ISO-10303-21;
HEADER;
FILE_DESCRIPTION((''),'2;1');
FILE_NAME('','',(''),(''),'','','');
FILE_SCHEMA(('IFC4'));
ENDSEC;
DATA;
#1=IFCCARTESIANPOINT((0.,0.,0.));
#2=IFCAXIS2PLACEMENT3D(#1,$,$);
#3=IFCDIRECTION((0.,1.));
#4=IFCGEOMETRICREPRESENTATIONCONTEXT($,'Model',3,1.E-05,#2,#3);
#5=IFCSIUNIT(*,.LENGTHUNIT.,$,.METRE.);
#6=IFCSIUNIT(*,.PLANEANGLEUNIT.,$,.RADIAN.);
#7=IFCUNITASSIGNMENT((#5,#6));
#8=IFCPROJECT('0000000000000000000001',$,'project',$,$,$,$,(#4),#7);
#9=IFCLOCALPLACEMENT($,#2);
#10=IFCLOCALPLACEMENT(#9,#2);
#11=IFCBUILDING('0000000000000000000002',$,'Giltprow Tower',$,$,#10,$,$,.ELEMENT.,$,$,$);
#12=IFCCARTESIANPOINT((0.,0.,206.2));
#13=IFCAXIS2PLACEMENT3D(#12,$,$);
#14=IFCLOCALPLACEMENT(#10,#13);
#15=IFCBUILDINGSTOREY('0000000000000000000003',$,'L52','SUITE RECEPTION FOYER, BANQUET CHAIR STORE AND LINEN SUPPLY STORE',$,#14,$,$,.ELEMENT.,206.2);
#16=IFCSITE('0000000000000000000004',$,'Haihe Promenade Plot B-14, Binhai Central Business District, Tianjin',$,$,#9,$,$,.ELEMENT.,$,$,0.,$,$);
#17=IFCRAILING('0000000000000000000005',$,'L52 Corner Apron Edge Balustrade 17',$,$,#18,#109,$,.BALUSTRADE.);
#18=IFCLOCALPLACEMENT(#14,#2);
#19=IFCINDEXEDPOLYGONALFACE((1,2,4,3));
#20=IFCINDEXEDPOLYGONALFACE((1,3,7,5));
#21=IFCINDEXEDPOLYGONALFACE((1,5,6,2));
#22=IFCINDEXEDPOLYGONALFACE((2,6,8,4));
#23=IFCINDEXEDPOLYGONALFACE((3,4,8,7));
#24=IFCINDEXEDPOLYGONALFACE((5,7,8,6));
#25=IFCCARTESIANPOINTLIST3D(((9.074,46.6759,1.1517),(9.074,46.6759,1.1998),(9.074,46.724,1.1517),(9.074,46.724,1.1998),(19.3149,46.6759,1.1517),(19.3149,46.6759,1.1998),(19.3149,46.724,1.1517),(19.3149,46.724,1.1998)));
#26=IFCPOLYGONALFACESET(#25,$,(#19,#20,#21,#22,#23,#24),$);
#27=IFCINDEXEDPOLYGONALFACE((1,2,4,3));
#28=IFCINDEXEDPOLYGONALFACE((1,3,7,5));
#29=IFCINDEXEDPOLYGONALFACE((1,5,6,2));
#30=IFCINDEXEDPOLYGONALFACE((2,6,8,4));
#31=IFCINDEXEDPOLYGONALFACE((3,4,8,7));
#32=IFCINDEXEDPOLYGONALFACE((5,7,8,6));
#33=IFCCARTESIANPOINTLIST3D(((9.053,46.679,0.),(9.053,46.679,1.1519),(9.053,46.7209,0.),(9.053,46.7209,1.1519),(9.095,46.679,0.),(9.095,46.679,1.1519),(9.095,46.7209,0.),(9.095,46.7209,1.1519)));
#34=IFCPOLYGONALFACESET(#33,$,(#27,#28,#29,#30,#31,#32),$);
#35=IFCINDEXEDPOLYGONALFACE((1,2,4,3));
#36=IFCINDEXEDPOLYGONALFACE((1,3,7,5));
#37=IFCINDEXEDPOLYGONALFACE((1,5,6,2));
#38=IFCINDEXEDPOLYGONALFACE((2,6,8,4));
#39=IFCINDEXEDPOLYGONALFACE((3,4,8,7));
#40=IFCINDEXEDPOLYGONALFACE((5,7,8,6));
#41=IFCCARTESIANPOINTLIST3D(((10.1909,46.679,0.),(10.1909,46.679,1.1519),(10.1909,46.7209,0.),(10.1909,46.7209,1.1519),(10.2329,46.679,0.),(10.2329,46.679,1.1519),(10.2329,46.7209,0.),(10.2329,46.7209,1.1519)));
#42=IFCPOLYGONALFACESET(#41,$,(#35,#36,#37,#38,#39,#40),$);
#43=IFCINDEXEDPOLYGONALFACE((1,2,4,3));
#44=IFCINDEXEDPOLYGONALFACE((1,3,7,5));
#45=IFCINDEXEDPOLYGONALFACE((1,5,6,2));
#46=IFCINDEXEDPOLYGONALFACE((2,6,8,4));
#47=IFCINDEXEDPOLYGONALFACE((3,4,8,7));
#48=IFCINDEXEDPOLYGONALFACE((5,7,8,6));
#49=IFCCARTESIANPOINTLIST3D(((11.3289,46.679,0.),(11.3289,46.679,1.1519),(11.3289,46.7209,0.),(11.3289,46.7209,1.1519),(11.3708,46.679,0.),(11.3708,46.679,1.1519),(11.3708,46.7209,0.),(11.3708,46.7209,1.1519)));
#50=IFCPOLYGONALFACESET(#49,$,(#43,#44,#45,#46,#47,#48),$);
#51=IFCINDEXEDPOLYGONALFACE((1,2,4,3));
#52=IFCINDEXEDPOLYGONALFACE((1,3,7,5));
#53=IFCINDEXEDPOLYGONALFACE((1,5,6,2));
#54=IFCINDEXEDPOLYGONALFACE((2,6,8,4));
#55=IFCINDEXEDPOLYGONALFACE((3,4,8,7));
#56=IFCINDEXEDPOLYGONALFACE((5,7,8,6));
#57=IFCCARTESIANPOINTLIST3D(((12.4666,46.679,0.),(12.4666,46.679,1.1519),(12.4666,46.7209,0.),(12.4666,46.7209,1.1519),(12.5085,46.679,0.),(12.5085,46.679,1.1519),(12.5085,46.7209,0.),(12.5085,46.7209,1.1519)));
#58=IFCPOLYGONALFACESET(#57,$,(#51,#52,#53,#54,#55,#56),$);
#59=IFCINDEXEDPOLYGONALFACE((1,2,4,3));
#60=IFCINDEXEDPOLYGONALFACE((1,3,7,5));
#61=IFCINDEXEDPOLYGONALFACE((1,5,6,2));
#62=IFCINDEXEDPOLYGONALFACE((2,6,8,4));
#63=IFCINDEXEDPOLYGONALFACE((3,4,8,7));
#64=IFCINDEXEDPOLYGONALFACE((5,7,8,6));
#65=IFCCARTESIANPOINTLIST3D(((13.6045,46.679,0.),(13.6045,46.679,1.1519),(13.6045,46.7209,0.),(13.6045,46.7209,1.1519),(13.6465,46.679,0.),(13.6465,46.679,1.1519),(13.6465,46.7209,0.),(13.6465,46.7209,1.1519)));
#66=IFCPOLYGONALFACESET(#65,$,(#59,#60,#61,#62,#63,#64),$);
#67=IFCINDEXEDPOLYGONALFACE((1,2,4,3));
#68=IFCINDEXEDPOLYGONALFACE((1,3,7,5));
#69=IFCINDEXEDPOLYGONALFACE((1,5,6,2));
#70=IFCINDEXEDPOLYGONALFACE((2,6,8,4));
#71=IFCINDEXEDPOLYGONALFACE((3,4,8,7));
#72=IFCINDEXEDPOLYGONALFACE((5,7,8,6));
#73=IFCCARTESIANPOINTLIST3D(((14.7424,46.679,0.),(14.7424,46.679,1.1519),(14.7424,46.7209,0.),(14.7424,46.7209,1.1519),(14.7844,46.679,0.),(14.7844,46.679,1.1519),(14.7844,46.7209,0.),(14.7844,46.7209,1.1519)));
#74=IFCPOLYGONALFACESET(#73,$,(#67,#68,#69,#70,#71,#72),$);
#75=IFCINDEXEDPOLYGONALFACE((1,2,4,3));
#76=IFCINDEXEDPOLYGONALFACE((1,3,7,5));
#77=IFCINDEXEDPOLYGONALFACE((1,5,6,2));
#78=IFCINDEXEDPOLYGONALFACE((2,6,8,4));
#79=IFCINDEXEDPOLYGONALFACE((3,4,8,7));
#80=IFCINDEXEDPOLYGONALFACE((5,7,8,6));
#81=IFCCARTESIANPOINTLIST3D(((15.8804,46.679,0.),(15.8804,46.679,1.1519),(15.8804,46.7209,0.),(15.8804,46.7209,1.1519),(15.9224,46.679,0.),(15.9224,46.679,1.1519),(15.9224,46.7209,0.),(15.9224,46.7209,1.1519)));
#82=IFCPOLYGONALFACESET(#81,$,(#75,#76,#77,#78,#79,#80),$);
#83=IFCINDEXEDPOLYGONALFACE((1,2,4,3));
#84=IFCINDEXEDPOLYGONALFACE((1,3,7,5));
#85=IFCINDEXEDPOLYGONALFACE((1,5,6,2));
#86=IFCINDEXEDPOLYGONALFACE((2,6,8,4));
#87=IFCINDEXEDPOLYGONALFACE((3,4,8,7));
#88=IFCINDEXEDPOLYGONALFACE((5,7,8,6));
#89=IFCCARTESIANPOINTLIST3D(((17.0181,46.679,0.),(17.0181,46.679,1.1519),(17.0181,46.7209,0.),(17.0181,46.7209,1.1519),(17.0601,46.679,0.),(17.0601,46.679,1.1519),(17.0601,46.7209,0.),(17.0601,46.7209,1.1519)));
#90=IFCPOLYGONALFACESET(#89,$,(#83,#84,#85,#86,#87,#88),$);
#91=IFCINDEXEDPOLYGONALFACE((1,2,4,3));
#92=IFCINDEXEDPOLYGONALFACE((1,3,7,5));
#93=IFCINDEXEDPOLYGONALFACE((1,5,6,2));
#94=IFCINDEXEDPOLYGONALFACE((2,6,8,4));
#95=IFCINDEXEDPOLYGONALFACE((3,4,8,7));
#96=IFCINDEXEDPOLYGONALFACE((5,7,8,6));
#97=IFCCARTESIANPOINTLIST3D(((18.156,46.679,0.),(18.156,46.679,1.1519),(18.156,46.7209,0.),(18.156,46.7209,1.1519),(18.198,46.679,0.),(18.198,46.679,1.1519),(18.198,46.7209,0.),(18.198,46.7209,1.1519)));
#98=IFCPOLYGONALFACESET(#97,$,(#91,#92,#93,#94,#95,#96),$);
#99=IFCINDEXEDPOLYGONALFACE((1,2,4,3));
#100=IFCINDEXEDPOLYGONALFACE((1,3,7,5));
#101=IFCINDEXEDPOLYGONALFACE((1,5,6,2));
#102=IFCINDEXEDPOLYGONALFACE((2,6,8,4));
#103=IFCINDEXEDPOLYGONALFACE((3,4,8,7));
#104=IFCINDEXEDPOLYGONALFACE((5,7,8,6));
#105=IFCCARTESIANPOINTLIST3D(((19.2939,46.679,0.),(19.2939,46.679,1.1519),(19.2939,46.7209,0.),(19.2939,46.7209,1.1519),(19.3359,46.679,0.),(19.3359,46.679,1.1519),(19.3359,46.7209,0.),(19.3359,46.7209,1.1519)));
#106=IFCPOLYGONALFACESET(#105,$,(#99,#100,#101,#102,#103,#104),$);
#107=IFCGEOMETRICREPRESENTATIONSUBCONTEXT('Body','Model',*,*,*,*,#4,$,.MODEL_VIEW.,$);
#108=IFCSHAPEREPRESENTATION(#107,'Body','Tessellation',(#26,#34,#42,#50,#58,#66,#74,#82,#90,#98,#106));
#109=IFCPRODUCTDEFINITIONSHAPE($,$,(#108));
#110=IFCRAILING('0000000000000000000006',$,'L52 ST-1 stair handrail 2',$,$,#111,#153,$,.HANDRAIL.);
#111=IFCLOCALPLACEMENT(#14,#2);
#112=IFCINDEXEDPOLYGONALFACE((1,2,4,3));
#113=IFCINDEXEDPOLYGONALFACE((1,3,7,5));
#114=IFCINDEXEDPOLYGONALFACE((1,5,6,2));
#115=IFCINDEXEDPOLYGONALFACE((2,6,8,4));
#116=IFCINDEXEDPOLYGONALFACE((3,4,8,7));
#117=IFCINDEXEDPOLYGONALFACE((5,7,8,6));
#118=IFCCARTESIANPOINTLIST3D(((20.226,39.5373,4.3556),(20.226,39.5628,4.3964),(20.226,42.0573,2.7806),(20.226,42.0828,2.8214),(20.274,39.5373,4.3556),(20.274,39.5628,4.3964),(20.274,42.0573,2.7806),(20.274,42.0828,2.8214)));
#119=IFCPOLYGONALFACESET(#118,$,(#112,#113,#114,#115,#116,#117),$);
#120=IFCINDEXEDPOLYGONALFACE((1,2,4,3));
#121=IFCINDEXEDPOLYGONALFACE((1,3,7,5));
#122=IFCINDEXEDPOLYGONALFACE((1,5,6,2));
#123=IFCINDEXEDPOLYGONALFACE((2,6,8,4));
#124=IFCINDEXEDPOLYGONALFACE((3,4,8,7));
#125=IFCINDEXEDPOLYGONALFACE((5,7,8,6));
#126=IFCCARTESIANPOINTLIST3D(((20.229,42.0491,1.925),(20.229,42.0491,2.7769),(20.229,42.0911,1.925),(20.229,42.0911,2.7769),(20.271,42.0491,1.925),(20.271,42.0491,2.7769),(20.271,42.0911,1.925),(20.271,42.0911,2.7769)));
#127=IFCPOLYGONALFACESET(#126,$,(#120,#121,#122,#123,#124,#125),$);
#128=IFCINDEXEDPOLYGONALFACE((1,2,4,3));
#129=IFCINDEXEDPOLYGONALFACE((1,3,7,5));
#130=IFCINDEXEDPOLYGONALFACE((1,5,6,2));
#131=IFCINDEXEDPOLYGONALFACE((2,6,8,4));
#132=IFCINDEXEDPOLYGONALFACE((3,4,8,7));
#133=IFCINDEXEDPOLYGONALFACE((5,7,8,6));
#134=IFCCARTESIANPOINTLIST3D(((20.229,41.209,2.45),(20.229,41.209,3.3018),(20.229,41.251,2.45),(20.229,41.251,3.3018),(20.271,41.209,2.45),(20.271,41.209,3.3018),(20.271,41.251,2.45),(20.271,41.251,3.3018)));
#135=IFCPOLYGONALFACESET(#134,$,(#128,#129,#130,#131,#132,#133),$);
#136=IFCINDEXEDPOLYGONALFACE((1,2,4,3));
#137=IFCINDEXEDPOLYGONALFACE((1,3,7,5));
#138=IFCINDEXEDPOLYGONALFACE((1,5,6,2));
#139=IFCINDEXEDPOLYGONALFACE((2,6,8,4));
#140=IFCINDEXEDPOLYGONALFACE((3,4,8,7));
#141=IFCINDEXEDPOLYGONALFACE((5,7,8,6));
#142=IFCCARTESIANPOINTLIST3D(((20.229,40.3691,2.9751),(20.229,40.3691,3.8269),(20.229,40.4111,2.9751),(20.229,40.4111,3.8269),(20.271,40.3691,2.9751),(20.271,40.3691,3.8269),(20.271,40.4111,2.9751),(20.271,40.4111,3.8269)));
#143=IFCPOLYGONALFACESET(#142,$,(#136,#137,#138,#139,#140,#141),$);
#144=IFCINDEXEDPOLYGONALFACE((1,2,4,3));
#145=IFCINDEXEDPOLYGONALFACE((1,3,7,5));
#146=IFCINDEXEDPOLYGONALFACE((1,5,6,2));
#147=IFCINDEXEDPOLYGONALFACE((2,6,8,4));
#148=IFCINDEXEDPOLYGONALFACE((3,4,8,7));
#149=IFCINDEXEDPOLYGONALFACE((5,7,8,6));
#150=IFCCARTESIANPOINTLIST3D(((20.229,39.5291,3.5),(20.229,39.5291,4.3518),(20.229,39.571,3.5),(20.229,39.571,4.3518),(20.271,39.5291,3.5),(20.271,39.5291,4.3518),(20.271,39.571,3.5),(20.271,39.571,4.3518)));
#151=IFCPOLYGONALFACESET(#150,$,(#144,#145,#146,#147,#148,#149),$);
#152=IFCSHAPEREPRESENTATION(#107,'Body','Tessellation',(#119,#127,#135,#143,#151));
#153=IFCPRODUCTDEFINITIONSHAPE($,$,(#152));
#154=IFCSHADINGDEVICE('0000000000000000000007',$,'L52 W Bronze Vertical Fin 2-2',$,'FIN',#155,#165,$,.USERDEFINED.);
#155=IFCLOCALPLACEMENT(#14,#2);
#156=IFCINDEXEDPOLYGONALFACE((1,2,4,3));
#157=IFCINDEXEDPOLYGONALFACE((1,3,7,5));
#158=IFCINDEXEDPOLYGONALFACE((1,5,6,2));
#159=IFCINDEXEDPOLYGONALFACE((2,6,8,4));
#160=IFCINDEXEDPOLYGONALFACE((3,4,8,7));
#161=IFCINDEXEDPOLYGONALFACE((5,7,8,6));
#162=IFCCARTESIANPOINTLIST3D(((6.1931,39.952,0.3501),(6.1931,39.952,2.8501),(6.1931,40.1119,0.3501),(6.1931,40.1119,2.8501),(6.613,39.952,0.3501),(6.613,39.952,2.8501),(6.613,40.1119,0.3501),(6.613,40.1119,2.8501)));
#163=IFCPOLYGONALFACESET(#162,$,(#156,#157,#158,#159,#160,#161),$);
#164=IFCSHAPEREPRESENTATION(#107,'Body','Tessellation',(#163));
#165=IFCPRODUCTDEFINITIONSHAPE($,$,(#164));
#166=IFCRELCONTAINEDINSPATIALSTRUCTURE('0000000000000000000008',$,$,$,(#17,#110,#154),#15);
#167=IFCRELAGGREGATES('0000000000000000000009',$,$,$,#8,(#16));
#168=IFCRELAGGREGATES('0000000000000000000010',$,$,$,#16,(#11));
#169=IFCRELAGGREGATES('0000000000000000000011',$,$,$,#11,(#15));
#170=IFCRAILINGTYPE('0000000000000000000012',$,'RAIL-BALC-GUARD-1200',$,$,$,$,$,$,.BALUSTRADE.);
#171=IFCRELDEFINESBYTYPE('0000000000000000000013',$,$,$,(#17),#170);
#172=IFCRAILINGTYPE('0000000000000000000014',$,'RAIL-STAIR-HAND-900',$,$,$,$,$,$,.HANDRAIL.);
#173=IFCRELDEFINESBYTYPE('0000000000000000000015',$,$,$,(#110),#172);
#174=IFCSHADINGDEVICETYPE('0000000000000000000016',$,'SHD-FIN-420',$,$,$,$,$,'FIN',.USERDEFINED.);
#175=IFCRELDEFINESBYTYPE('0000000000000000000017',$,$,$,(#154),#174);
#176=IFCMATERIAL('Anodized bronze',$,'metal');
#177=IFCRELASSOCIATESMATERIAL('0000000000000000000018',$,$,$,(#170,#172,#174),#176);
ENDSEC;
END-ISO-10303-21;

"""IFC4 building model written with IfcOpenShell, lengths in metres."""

from ifc_helpers import new_model, si_unit, direction, frame, origin, origin_2d, place, context, subcontext, project, spatial, rectangle, extrude, source, transform, mapped, material, type_object, element, save


model = new_model("IFC4")

# Units and contexts
model_context = context("Model", 3, precision=1e-05, world=origin(), true_north=direction((0.0, 1.0)))
body_context = subcontext(model_context, "Body", "Model", "MODEL_VIEW")
ifc_project = project(units=[si_unit("LENGTHUNIT", "METRE"), si_unit("PLANEANGLEUNIT", "RADIAN")], contexts=[model_context])

# Site, building, storey
site_placement = place(None, origin())
site = spatial("IfcSite", under=ifc_project, at=site_placement, Name="Haihe Promenade Plot B-14, Binhai Central Business District, Tianjin", CompositionType="ELEMENT", RefElevation=0.0)
building_placement = place(site_placement, origin())
building = spatial("IfcBuilding", under=site, at=building_placement, Name="Giltprow Tower", CompositionType="ELEMENT")
storey_placement = place(building_placement, frame((0.0, 0.0, 206.2)))
storey = spatial("IfcBuildingStorey", under=building, at=storey_placement, Name="L52", Description="SUITE RECEPTION FOYER, BANQUET CHAIR STORE AND LINEN SUPPLY STORE", CompositionType="ELEMENT", Elevation=206.2)

# Railings
ifc_material_1 = material(Name="Anodized bronze", Category="metal")
railing_type_1 = type_object("IfcRailingType", Name="RAIL-BALC-GUARD-1200", PredefinedType="BALUSTRADE", material=ifc_material_1)
railing_1_placement = place(storey_placement, frame((9.074, 46.7, 0.0)))
element("IfcRailing", 1, at=railing_1_placement, inside=storey, type_object=railing_type_1, Name="L52 Corner Apron Edge Balustrade 17", PredefinedType="BALUSTRADE", context=body_context, shape_type="SweptSolid", body=[
    extrude(rectangle(XDim=0.0481, YDim=0.0481, at=origin_2d()), frame((0.0, 0.0, 1.1758), z_axis=(1.0, 0.0, 0.0), x_axis=(0.0, 1.0, 0.0)), (0.0, 0.0, 1.0), 10.241),
    extrude(rectangle(XDim=0.042, YDim=0.042, at=origin_2d()), origin(), (0.0, 0.0, 1.0), 1.1519),
    extrude(rectangle(XDim=0.042, YDim=0.042, at=origin_2d()), frame((1.1379, 0.0, 0.0)), (0.0, 0.0, 1.0), 1.1519),
    extrude(rectangle(XDim=0.042, YDim=0.042, at=origin_2d()), frame((2.2759, 0.0, 0.0)), (0.0, 0.0, 1.0), 1.1519),
    extrude(rectangle(XDim=0.042, YDim=0.042, at=origin_2d()), frame((3.4136, 0.0, 0.0)), (0.0, 0.0, 1.0), 1.1519),
    extrude(rectangle(XDim=0.042, YDim=0.042, at=origin_2d()), frame((4.5515, 0.0, 0.0)), (0.0, 0.0, 1.0), 1.1519),
    extrude(rectangle(XDim=0.042, YDim=0.042, at=origin_2d()), frame((5.6895, 0.0, 0.0)), (0.0, 0.0, 1.0), 1.1519),
    extrude(rectangle(XDim=0.042, YDim=0.042, at=origin_2d()), frame((6.8274, 0.0, 0.0)), (0.0, 0.0, 1.0), 1.1519),
    extrude(rectangle(XDim=0.042, YDim=0.042, at=origin_2d()), frame((7.9651, 0.0, 0.0)), (0.0, 0.0, 1.0), 1.1519),
    extrude(rectangle(XDim=0.042, YDim=0.042, at=origin_2d()), frame((9.103, 0.0, 0.0)), (0.0, 0.0, 1.0), 1.1519),
    extrude(rectangle(XDim=0.042, YDim=0.042, at=origin_2d()), frame((10.241, 0.0, 0.0)), (0.0, 0.0, 1.0), 1.1519),
])
railing_type_2 = type_object("IfcRailingType", Name="RAIL-STAIR-HAND-900", PredefinedType="HANDRAIL", material=ifc_material_1)
railing_2_placement = place(storey_placement, frame((20.25, 42.0701, 1.925)))
element("IfcRailing", 2, at=railing_2_placement, inside=storey, type_object=railing_type_2, Name="L52 ST-1 stair handrail 2", PredefinedType="HANDRAIL", context=body_context, shape_type="SweptSolid", body=[
    extrude(rectangle(XDim=0.0481, YDim=0.0481, at=origin_2d()), frame((0.0, 0.0, 0.876), z_axis=(0.0, -0.848008, 0.529984), x_axis=(1.0, 0.0, 0.0)), (0.0, 0.0, 1.0), 2.9717),
    extrude(rectangle(XDim=0.042, YDim=0.042, at=origin_2d()), origin(), (0.0, 0.0, 1.0), 0.8518),
    extrude(rectangle(XDim=0.042, YDim=0.042, at=origin_2d()), frame((0.0, -0.8401, 0.5249)), (0.0, 0.0, 1.0), 0.8518),
    extrude(rectangle(XDim=0.042, YDim=0.042, at=origin_2d()), frame((0.0, -1.6799, 1.05)), (0.0, 0.0, 1.0), 0.8518),
    extrude(rectangle(XDim=0.042, YDim=0.042, at=origin_2d()), frame((0.0, -2.52, 1.575)), (0.0, 0.0, 1.0), 0.8518),
])

# Shading device
shading_device_type = type_object("IfcShadingDeviceType", Name="SHD-FIN-420", ElementType="FIN", PredefinedType="USERDEFINED", material=ifc_material_1)
shared_shape_1 = source(origin(), body_context, "Body", "SweptSolid", [
    extrude(rectangle(XDim=0.4199, YDim=0.1599, at=origin_2d()), origin(), (0.0, 0.0, 1.0), 2.5),
])
shading_device_placement = place(storey_placement, frame((6.4031, 40.032, 0.3501), z_axis=(0.0, 0.0, 1.0), x_axis=(1.0, 0.0, 0.0)))
element("IfcShadingDevice", 3, at=shading_device_placement, inside=storey, type_object=shading_device_type, Name="L52 W Bronze Vertical Fin 2-2", ObjectType="FIN", PredefinedType="USERDEFINED", context=body_context, shape_type="MappedRepresentation", body=[
    mapped(shared_shape_1, transform((0.0, 0.0, 0.0), x_axis=(1.0, 0.0, 0.0), y_axis=(0.0, 1.0, 0.0), z_axis=(0.0, 0.0, 1.0), scale=1.0)),
])

save(model, "model.ifc")
